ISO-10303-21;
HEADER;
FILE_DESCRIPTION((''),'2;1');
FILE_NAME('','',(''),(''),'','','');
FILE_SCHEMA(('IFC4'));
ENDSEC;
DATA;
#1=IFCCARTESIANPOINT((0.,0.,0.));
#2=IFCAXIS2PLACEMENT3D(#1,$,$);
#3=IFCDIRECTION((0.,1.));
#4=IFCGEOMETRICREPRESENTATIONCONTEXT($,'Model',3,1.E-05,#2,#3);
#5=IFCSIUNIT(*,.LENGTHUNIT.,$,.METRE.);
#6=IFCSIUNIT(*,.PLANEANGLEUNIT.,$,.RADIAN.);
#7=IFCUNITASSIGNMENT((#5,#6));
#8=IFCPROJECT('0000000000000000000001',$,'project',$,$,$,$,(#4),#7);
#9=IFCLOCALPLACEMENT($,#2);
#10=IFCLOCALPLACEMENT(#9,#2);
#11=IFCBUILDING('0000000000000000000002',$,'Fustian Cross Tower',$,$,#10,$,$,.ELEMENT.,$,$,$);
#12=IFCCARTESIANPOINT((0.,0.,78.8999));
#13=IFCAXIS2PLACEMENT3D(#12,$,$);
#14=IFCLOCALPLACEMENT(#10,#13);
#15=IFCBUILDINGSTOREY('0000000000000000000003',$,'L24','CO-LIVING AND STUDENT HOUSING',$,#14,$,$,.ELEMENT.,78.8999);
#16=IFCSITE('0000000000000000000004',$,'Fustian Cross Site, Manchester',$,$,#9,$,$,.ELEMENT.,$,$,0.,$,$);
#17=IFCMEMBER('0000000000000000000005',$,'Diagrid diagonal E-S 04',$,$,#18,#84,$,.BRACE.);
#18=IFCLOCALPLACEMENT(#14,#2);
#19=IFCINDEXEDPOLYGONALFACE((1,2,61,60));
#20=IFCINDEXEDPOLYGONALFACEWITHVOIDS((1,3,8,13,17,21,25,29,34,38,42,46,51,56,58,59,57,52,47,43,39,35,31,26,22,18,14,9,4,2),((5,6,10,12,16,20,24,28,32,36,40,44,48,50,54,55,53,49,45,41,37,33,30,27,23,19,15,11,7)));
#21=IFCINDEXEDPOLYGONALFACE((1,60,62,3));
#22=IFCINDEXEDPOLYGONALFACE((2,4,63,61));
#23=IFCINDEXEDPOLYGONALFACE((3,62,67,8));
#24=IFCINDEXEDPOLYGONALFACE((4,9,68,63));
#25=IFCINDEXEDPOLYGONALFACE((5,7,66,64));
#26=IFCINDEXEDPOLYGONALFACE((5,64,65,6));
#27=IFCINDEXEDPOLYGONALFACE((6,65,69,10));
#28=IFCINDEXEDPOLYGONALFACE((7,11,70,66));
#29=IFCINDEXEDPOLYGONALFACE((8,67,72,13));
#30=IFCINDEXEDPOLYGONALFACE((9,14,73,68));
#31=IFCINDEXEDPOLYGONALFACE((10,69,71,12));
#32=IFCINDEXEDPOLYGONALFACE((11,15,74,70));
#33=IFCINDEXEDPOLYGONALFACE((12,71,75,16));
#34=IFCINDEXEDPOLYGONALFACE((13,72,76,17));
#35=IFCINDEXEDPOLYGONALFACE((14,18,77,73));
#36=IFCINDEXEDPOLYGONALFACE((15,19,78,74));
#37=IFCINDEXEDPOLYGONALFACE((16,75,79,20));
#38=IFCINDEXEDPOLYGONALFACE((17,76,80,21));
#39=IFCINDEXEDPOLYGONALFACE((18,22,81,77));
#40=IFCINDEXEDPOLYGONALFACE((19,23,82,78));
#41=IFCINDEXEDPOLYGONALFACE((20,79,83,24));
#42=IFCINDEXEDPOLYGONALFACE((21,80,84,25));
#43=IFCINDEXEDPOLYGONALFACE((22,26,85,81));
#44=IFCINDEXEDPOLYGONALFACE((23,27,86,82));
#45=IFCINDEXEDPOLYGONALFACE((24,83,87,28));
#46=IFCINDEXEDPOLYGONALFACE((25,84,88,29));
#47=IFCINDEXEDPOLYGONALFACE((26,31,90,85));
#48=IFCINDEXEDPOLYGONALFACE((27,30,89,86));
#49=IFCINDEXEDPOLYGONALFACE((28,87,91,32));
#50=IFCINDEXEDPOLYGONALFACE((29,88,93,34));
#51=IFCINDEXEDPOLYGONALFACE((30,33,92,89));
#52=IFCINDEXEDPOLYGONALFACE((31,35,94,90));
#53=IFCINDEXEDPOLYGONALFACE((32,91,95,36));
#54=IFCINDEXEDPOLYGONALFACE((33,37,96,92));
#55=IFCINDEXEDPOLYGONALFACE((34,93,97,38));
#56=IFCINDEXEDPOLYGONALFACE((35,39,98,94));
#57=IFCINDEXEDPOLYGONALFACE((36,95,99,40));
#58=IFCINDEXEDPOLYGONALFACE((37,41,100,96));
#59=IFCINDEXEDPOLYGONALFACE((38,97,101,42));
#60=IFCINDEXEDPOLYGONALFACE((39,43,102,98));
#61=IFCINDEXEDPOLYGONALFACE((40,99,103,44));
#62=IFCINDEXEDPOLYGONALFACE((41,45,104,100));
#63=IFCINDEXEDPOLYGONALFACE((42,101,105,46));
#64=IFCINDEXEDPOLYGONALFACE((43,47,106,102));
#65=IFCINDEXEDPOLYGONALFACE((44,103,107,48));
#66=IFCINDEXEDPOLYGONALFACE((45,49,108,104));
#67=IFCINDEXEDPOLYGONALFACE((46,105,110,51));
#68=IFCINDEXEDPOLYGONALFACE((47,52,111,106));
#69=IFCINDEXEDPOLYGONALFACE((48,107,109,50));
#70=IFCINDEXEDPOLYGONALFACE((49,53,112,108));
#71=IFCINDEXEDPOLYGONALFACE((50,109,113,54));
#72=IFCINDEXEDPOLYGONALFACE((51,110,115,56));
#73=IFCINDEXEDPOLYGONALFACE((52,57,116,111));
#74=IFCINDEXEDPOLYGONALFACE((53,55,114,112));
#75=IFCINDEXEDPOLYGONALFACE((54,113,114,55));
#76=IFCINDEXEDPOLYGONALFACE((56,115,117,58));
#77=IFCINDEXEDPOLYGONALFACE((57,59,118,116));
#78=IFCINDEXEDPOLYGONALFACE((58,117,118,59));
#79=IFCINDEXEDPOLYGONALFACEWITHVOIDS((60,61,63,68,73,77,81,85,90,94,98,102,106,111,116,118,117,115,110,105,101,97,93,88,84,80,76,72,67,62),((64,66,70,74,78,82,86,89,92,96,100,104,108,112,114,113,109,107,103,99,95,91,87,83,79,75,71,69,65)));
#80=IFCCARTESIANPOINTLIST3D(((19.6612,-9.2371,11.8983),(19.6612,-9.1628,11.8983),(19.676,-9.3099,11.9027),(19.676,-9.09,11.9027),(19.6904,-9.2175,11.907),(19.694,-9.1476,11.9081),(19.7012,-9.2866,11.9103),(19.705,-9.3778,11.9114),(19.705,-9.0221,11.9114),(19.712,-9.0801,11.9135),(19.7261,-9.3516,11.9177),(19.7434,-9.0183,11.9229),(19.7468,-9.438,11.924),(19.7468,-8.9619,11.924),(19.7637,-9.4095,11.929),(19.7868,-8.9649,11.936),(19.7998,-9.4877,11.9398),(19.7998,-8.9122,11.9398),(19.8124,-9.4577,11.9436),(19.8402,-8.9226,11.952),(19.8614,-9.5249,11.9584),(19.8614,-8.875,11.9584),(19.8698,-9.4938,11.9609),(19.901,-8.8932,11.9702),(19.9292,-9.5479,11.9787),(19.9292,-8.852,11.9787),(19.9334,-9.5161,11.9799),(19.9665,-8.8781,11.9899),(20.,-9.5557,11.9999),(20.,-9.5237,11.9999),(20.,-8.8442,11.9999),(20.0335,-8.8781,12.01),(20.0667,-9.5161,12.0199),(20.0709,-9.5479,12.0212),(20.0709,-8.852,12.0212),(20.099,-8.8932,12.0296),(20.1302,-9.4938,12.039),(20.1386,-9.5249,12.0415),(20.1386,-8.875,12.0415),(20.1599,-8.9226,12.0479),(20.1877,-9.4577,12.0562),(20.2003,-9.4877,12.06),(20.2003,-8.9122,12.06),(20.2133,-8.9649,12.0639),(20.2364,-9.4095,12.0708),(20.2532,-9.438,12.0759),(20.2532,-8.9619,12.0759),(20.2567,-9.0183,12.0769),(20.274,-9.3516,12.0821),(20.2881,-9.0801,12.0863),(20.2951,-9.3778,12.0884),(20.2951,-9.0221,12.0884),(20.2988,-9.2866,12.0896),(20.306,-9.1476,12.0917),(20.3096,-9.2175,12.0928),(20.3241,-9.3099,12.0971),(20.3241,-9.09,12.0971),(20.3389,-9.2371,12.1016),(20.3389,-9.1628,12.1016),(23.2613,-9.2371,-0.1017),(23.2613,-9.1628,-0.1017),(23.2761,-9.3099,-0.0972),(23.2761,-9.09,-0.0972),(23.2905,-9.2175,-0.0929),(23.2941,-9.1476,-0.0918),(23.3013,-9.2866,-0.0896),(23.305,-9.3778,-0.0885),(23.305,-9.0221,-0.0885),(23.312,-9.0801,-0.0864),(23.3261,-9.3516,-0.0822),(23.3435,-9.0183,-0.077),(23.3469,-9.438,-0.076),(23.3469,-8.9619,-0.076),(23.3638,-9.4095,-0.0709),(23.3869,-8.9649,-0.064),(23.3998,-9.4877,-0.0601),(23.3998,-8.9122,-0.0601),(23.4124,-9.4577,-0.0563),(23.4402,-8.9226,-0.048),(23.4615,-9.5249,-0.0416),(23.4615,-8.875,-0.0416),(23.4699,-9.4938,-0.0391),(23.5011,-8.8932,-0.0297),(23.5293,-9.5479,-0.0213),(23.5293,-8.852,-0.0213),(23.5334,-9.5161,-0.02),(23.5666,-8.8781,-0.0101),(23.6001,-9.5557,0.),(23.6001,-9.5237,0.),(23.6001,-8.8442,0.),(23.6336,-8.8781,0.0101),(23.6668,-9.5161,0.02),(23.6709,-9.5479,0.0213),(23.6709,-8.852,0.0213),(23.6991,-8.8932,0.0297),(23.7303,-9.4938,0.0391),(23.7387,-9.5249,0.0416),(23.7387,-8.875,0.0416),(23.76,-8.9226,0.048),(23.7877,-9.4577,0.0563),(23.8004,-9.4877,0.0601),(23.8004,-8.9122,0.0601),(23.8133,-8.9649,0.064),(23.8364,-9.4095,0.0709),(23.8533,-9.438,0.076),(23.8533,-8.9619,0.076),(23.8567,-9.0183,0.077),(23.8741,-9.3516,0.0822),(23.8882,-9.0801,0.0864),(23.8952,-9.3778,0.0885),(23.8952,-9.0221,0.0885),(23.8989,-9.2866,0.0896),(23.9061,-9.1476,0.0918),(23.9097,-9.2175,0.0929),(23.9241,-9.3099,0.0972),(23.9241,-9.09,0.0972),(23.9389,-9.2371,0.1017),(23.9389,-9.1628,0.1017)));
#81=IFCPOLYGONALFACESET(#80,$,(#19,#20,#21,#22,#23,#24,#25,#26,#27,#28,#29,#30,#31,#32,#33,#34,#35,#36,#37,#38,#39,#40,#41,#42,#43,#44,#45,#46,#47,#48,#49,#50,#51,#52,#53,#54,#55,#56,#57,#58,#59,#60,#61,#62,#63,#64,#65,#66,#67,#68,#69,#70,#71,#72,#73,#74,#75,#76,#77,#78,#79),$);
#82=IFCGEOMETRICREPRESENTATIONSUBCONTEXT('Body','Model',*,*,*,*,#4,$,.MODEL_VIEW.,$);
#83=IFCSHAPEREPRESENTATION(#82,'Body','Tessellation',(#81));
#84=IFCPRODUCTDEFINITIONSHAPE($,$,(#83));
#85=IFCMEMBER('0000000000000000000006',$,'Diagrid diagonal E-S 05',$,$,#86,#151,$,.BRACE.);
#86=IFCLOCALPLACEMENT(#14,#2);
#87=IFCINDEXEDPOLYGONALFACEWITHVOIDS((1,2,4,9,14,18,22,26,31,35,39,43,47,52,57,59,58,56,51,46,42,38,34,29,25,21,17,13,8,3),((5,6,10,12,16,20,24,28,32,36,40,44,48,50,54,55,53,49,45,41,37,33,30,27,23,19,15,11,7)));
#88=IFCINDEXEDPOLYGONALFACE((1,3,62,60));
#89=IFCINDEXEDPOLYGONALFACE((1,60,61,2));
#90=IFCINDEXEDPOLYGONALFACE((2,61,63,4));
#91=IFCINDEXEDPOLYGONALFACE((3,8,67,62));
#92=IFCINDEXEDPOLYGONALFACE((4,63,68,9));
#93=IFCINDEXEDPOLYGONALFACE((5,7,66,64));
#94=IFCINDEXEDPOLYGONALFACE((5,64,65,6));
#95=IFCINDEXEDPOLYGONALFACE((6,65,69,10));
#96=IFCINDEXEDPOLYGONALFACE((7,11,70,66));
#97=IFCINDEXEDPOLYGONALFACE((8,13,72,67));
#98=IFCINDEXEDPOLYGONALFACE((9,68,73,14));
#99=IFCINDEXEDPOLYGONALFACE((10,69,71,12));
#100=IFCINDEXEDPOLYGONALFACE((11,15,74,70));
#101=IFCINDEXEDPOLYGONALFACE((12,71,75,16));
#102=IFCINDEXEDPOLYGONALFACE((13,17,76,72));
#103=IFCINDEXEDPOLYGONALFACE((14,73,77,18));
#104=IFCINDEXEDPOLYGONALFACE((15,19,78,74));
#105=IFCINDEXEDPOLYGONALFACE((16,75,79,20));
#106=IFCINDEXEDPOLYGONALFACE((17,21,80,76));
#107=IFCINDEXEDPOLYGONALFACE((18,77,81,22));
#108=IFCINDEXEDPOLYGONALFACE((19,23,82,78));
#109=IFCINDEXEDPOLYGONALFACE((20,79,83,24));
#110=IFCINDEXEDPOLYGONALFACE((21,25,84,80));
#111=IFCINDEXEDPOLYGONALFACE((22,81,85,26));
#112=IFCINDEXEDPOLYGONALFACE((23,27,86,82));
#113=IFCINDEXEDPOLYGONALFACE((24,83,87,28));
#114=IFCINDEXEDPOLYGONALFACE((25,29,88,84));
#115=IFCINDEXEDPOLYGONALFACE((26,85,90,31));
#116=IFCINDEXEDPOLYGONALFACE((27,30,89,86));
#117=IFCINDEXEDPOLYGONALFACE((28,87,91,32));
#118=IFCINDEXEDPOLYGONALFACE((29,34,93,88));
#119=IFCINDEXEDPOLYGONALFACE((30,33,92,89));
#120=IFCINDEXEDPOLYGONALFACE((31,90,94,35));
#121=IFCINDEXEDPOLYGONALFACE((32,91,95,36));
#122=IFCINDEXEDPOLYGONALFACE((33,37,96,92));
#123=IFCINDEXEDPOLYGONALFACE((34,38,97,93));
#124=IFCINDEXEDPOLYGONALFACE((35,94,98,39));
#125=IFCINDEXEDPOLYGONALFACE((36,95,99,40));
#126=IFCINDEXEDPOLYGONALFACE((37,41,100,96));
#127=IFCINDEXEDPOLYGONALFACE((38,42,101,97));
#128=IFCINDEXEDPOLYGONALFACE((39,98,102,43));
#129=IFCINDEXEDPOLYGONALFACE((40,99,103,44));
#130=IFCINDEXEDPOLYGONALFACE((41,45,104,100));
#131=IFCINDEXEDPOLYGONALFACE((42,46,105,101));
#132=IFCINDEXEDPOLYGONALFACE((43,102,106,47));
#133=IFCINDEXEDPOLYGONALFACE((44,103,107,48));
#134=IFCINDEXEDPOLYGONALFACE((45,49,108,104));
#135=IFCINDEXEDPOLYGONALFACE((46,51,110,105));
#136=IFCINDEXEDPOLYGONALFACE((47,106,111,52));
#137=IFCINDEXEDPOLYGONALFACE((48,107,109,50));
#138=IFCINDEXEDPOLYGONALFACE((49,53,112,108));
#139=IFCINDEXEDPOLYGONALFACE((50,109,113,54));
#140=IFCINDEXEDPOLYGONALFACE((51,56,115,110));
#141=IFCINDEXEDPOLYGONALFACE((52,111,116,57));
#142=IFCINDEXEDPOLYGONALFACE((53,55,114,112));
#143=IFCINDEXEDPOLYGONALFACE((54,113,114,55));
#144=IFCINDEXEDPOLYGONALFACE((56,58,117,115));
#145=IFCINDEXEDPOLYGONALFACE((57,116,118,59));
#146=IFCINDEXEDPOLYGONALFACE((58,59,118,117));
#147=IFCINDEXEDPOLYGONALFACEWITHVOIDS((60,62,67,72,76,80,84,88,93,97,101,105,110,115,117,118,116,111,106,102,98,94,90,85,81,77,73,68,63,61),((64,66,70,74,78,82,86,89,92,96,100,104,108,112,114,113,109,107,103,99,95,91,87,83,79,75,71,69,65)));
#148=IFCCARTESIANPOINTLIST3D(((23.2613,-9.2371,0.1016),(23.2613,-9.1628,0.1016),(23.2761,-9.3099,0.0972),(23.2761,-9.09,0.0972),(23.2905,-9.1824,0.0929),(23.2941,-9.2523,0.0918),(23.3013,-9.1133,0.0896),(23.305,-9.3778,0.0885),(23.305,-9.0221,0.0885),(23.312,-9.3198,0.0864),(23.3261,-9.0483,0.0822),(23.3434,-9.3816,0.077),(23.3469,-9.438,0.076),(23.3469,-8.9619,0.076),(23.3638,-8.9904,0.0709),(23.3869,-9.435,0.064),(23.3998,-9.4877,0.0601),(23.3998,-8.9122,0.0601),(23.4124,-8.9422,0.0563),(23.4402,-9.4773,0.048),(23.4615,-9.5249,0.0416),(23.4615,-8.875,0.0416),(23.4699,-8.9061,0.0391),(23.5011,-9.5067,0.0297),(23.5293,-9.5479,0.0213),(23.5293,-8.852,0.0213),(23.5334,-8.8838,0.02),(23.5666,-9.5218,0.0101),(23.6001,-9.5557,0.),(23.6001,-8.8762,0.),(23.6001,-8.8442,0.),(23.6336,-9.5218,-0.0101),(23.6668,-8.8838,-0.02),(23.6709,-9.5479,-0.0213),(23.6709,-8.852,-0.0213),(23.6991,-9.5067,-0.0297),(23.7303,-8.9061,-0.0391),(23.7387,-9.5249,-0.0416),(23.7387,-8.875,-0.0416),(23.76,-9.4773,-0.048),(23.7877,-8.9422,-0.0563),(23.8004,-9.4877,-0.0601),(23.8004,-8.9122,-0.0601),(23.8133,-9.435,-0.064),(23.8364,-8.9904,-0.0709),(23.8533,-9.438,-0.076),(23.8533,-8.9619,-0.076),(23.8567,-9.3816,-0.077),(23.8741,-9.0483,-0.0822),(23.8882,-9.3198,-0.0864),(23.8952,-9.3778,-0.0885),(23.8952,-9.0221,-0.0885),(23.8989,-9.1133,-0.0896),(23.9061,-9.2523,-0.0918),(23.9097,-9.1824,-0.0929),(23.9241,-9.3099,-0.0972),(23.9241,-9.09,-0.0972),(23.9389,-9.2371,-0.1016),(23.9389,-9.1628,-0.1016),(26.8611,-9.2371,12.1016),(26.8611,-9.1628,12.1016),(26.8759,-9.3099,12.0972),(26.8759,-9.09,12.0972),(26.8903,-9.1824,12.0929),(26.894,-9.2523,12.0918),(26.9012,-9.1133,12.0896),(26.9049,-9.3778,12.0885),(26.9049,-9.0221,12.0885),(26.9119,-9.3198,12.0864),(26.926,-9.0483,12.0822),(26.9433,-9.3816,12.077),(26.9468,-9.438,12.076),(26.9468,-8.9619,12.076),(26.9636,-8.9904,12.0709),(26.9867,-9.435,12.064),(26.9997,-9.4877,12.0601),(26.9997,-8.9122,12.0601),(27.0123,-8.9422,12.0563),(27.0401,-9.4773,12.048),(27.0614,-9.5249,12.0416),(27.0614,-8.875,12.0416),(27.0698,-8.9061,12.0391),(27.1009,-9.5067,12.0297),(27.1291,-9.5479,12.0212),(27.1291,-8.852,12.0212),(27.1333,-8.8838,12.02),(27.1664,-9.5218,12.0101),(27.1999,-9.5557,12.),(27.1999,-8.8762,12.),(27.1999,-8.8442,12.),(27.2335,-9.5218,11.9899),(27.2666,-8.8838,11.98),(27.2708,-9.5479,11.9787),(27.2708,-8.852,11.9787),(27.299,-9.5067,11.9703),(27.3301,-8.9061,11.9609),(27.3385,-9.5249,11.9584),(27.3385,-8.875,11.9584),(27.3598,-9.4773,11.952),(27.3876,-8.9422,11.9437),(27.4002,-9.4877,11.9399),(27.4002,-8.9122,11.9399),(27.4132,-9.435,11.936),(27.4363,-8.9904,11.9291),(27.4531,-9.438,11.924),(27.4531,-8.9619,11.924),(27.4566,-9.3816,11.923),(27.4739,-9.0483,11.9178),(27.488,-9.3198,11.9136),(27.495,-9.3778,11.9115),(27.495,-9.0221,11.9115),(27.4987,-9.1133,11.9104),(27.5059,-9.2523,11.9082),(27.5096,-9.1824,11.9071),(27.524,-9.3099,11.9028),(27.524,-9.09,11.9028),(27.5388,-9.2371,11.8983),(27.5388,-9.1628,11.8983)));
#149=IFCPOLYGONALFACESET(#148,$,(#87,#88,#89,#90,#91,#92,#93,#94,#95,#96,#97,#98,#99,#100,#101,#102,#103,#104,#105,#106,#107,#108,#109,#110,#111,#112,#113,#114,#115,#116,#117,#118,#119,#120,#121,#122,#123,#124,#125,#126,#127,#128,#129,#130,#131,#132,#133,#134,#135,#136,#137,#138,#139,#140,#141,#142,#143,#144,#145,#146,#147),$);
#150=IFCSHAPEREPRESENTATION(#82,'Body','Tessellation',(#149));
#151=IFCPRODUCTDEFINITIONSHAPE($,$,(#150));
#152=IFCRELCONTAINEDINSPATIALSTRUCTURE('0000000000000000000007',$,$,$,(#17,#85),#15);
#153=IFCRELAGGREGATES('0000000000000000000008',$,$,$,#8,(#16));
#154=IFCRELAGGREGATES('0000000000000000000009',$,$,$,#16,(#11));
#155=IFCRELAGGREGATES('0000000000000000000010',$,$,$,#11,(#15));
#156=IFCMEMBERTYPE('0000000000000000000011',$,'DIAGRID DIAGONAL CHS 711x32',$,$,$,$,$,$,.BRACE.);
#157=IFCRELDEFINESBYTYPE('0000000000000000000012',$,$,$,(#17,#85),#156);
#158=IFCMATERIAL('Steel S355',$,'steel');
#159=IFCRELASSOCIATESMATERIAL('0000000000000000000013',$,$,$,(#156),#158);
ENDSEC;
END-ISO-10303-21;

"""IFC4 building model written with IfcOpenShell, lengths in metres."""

from ifc_helpers import new_model, si_unit, direction, frame, origin, origin_2d, place, context, subcontext, project, spatial, hollow_circle, extrude, material, material_profile, profile_set, type_object, element, save


model = new_model("IFC4")

# Units and contexts
model_context = context("Model", 3, precision=1e-05, world=origin(), true_north=direction((0.0, 1.0)))
body_context = subcontext(model_context, "Body", "Model", "MODEL_VIEW")
ifc_project = project(units=[si_unit("LENGTHUNIT", "METRE"), si_unit("PLANEANGLEUNIT", "RADIAN")], contexts=[model_context])

# Site, building, storey
site_placement = place(None, origin())
site = spatial("IfcSite", under=ifc_project, at=site_placement, Name="Fustian Cross Site, Manchester", CompositionType="ELEMENT", RefElevation=0.0)
building_placement = place(site_placement, origin())
building = spatial("IfcBuilding", under=site, at=building_placement, Name="Fustian Cross Tower", CompositionType="ELEMENT")
storey_placement = place(building_placement, frame((0.0, 0.0, 78.8999)))
storey = spatial("IfcBuildingStorey", under=building, at=storey_placement, Name="L24", Description="CO-LIVING AND STUDENT HOUSING", CompositionType="ELEMENT", Elevation=78.8999)

# Members
ifc_material_1 = material(Name="Steel S355", Category="steel")
ifc_material_profile_1 = material_profile(ifc_material_1, hollow_circle(Radius=0.3557, WallThickness=0.032, at=origin_2d()), Name="CHS 711x32")
ifc_profile_set_1 = profile_set([ifc_material_profile_1], Name="Steel S355")
member_type_1 = type_object("IfcMemberType", Name="DIAGRID DIAGONAL CHS 711x32", PredefinedType="BRACE", material=ifc_profile_set_1)
for number, where, z_axis, x_axis, name in (
    (1, (23.6001, -9.2, 0.0), (-0.287355, 0.0, 0.957824), (0.0, -1.0, 0.0), "Diagrid diagonal E-S 04"),
    (2, (23.6001, -9.2, 0.0), (0.287337, 0.0, 0.95783), (0.0, 1.0, 0.0), "Diagrid diagonal E-S 05"),
):
    element("IfcMember", number, at=place(storey_placement, frame(where, z_axis=z_axis, x_axis=x_axis)), inside=storey, type_object=member_type_1, Name=name, PredefinedType="BRACE", context=body_context, shape_type="SweptSolid", body=[
        extrude(hollow_circle(Radius=0.3557, WallThickness=0.032, at=origin_2d()), origin(), (0.0, 0.0, 1.0), 12.5283),
    ])

save(model, "model.ifc")
